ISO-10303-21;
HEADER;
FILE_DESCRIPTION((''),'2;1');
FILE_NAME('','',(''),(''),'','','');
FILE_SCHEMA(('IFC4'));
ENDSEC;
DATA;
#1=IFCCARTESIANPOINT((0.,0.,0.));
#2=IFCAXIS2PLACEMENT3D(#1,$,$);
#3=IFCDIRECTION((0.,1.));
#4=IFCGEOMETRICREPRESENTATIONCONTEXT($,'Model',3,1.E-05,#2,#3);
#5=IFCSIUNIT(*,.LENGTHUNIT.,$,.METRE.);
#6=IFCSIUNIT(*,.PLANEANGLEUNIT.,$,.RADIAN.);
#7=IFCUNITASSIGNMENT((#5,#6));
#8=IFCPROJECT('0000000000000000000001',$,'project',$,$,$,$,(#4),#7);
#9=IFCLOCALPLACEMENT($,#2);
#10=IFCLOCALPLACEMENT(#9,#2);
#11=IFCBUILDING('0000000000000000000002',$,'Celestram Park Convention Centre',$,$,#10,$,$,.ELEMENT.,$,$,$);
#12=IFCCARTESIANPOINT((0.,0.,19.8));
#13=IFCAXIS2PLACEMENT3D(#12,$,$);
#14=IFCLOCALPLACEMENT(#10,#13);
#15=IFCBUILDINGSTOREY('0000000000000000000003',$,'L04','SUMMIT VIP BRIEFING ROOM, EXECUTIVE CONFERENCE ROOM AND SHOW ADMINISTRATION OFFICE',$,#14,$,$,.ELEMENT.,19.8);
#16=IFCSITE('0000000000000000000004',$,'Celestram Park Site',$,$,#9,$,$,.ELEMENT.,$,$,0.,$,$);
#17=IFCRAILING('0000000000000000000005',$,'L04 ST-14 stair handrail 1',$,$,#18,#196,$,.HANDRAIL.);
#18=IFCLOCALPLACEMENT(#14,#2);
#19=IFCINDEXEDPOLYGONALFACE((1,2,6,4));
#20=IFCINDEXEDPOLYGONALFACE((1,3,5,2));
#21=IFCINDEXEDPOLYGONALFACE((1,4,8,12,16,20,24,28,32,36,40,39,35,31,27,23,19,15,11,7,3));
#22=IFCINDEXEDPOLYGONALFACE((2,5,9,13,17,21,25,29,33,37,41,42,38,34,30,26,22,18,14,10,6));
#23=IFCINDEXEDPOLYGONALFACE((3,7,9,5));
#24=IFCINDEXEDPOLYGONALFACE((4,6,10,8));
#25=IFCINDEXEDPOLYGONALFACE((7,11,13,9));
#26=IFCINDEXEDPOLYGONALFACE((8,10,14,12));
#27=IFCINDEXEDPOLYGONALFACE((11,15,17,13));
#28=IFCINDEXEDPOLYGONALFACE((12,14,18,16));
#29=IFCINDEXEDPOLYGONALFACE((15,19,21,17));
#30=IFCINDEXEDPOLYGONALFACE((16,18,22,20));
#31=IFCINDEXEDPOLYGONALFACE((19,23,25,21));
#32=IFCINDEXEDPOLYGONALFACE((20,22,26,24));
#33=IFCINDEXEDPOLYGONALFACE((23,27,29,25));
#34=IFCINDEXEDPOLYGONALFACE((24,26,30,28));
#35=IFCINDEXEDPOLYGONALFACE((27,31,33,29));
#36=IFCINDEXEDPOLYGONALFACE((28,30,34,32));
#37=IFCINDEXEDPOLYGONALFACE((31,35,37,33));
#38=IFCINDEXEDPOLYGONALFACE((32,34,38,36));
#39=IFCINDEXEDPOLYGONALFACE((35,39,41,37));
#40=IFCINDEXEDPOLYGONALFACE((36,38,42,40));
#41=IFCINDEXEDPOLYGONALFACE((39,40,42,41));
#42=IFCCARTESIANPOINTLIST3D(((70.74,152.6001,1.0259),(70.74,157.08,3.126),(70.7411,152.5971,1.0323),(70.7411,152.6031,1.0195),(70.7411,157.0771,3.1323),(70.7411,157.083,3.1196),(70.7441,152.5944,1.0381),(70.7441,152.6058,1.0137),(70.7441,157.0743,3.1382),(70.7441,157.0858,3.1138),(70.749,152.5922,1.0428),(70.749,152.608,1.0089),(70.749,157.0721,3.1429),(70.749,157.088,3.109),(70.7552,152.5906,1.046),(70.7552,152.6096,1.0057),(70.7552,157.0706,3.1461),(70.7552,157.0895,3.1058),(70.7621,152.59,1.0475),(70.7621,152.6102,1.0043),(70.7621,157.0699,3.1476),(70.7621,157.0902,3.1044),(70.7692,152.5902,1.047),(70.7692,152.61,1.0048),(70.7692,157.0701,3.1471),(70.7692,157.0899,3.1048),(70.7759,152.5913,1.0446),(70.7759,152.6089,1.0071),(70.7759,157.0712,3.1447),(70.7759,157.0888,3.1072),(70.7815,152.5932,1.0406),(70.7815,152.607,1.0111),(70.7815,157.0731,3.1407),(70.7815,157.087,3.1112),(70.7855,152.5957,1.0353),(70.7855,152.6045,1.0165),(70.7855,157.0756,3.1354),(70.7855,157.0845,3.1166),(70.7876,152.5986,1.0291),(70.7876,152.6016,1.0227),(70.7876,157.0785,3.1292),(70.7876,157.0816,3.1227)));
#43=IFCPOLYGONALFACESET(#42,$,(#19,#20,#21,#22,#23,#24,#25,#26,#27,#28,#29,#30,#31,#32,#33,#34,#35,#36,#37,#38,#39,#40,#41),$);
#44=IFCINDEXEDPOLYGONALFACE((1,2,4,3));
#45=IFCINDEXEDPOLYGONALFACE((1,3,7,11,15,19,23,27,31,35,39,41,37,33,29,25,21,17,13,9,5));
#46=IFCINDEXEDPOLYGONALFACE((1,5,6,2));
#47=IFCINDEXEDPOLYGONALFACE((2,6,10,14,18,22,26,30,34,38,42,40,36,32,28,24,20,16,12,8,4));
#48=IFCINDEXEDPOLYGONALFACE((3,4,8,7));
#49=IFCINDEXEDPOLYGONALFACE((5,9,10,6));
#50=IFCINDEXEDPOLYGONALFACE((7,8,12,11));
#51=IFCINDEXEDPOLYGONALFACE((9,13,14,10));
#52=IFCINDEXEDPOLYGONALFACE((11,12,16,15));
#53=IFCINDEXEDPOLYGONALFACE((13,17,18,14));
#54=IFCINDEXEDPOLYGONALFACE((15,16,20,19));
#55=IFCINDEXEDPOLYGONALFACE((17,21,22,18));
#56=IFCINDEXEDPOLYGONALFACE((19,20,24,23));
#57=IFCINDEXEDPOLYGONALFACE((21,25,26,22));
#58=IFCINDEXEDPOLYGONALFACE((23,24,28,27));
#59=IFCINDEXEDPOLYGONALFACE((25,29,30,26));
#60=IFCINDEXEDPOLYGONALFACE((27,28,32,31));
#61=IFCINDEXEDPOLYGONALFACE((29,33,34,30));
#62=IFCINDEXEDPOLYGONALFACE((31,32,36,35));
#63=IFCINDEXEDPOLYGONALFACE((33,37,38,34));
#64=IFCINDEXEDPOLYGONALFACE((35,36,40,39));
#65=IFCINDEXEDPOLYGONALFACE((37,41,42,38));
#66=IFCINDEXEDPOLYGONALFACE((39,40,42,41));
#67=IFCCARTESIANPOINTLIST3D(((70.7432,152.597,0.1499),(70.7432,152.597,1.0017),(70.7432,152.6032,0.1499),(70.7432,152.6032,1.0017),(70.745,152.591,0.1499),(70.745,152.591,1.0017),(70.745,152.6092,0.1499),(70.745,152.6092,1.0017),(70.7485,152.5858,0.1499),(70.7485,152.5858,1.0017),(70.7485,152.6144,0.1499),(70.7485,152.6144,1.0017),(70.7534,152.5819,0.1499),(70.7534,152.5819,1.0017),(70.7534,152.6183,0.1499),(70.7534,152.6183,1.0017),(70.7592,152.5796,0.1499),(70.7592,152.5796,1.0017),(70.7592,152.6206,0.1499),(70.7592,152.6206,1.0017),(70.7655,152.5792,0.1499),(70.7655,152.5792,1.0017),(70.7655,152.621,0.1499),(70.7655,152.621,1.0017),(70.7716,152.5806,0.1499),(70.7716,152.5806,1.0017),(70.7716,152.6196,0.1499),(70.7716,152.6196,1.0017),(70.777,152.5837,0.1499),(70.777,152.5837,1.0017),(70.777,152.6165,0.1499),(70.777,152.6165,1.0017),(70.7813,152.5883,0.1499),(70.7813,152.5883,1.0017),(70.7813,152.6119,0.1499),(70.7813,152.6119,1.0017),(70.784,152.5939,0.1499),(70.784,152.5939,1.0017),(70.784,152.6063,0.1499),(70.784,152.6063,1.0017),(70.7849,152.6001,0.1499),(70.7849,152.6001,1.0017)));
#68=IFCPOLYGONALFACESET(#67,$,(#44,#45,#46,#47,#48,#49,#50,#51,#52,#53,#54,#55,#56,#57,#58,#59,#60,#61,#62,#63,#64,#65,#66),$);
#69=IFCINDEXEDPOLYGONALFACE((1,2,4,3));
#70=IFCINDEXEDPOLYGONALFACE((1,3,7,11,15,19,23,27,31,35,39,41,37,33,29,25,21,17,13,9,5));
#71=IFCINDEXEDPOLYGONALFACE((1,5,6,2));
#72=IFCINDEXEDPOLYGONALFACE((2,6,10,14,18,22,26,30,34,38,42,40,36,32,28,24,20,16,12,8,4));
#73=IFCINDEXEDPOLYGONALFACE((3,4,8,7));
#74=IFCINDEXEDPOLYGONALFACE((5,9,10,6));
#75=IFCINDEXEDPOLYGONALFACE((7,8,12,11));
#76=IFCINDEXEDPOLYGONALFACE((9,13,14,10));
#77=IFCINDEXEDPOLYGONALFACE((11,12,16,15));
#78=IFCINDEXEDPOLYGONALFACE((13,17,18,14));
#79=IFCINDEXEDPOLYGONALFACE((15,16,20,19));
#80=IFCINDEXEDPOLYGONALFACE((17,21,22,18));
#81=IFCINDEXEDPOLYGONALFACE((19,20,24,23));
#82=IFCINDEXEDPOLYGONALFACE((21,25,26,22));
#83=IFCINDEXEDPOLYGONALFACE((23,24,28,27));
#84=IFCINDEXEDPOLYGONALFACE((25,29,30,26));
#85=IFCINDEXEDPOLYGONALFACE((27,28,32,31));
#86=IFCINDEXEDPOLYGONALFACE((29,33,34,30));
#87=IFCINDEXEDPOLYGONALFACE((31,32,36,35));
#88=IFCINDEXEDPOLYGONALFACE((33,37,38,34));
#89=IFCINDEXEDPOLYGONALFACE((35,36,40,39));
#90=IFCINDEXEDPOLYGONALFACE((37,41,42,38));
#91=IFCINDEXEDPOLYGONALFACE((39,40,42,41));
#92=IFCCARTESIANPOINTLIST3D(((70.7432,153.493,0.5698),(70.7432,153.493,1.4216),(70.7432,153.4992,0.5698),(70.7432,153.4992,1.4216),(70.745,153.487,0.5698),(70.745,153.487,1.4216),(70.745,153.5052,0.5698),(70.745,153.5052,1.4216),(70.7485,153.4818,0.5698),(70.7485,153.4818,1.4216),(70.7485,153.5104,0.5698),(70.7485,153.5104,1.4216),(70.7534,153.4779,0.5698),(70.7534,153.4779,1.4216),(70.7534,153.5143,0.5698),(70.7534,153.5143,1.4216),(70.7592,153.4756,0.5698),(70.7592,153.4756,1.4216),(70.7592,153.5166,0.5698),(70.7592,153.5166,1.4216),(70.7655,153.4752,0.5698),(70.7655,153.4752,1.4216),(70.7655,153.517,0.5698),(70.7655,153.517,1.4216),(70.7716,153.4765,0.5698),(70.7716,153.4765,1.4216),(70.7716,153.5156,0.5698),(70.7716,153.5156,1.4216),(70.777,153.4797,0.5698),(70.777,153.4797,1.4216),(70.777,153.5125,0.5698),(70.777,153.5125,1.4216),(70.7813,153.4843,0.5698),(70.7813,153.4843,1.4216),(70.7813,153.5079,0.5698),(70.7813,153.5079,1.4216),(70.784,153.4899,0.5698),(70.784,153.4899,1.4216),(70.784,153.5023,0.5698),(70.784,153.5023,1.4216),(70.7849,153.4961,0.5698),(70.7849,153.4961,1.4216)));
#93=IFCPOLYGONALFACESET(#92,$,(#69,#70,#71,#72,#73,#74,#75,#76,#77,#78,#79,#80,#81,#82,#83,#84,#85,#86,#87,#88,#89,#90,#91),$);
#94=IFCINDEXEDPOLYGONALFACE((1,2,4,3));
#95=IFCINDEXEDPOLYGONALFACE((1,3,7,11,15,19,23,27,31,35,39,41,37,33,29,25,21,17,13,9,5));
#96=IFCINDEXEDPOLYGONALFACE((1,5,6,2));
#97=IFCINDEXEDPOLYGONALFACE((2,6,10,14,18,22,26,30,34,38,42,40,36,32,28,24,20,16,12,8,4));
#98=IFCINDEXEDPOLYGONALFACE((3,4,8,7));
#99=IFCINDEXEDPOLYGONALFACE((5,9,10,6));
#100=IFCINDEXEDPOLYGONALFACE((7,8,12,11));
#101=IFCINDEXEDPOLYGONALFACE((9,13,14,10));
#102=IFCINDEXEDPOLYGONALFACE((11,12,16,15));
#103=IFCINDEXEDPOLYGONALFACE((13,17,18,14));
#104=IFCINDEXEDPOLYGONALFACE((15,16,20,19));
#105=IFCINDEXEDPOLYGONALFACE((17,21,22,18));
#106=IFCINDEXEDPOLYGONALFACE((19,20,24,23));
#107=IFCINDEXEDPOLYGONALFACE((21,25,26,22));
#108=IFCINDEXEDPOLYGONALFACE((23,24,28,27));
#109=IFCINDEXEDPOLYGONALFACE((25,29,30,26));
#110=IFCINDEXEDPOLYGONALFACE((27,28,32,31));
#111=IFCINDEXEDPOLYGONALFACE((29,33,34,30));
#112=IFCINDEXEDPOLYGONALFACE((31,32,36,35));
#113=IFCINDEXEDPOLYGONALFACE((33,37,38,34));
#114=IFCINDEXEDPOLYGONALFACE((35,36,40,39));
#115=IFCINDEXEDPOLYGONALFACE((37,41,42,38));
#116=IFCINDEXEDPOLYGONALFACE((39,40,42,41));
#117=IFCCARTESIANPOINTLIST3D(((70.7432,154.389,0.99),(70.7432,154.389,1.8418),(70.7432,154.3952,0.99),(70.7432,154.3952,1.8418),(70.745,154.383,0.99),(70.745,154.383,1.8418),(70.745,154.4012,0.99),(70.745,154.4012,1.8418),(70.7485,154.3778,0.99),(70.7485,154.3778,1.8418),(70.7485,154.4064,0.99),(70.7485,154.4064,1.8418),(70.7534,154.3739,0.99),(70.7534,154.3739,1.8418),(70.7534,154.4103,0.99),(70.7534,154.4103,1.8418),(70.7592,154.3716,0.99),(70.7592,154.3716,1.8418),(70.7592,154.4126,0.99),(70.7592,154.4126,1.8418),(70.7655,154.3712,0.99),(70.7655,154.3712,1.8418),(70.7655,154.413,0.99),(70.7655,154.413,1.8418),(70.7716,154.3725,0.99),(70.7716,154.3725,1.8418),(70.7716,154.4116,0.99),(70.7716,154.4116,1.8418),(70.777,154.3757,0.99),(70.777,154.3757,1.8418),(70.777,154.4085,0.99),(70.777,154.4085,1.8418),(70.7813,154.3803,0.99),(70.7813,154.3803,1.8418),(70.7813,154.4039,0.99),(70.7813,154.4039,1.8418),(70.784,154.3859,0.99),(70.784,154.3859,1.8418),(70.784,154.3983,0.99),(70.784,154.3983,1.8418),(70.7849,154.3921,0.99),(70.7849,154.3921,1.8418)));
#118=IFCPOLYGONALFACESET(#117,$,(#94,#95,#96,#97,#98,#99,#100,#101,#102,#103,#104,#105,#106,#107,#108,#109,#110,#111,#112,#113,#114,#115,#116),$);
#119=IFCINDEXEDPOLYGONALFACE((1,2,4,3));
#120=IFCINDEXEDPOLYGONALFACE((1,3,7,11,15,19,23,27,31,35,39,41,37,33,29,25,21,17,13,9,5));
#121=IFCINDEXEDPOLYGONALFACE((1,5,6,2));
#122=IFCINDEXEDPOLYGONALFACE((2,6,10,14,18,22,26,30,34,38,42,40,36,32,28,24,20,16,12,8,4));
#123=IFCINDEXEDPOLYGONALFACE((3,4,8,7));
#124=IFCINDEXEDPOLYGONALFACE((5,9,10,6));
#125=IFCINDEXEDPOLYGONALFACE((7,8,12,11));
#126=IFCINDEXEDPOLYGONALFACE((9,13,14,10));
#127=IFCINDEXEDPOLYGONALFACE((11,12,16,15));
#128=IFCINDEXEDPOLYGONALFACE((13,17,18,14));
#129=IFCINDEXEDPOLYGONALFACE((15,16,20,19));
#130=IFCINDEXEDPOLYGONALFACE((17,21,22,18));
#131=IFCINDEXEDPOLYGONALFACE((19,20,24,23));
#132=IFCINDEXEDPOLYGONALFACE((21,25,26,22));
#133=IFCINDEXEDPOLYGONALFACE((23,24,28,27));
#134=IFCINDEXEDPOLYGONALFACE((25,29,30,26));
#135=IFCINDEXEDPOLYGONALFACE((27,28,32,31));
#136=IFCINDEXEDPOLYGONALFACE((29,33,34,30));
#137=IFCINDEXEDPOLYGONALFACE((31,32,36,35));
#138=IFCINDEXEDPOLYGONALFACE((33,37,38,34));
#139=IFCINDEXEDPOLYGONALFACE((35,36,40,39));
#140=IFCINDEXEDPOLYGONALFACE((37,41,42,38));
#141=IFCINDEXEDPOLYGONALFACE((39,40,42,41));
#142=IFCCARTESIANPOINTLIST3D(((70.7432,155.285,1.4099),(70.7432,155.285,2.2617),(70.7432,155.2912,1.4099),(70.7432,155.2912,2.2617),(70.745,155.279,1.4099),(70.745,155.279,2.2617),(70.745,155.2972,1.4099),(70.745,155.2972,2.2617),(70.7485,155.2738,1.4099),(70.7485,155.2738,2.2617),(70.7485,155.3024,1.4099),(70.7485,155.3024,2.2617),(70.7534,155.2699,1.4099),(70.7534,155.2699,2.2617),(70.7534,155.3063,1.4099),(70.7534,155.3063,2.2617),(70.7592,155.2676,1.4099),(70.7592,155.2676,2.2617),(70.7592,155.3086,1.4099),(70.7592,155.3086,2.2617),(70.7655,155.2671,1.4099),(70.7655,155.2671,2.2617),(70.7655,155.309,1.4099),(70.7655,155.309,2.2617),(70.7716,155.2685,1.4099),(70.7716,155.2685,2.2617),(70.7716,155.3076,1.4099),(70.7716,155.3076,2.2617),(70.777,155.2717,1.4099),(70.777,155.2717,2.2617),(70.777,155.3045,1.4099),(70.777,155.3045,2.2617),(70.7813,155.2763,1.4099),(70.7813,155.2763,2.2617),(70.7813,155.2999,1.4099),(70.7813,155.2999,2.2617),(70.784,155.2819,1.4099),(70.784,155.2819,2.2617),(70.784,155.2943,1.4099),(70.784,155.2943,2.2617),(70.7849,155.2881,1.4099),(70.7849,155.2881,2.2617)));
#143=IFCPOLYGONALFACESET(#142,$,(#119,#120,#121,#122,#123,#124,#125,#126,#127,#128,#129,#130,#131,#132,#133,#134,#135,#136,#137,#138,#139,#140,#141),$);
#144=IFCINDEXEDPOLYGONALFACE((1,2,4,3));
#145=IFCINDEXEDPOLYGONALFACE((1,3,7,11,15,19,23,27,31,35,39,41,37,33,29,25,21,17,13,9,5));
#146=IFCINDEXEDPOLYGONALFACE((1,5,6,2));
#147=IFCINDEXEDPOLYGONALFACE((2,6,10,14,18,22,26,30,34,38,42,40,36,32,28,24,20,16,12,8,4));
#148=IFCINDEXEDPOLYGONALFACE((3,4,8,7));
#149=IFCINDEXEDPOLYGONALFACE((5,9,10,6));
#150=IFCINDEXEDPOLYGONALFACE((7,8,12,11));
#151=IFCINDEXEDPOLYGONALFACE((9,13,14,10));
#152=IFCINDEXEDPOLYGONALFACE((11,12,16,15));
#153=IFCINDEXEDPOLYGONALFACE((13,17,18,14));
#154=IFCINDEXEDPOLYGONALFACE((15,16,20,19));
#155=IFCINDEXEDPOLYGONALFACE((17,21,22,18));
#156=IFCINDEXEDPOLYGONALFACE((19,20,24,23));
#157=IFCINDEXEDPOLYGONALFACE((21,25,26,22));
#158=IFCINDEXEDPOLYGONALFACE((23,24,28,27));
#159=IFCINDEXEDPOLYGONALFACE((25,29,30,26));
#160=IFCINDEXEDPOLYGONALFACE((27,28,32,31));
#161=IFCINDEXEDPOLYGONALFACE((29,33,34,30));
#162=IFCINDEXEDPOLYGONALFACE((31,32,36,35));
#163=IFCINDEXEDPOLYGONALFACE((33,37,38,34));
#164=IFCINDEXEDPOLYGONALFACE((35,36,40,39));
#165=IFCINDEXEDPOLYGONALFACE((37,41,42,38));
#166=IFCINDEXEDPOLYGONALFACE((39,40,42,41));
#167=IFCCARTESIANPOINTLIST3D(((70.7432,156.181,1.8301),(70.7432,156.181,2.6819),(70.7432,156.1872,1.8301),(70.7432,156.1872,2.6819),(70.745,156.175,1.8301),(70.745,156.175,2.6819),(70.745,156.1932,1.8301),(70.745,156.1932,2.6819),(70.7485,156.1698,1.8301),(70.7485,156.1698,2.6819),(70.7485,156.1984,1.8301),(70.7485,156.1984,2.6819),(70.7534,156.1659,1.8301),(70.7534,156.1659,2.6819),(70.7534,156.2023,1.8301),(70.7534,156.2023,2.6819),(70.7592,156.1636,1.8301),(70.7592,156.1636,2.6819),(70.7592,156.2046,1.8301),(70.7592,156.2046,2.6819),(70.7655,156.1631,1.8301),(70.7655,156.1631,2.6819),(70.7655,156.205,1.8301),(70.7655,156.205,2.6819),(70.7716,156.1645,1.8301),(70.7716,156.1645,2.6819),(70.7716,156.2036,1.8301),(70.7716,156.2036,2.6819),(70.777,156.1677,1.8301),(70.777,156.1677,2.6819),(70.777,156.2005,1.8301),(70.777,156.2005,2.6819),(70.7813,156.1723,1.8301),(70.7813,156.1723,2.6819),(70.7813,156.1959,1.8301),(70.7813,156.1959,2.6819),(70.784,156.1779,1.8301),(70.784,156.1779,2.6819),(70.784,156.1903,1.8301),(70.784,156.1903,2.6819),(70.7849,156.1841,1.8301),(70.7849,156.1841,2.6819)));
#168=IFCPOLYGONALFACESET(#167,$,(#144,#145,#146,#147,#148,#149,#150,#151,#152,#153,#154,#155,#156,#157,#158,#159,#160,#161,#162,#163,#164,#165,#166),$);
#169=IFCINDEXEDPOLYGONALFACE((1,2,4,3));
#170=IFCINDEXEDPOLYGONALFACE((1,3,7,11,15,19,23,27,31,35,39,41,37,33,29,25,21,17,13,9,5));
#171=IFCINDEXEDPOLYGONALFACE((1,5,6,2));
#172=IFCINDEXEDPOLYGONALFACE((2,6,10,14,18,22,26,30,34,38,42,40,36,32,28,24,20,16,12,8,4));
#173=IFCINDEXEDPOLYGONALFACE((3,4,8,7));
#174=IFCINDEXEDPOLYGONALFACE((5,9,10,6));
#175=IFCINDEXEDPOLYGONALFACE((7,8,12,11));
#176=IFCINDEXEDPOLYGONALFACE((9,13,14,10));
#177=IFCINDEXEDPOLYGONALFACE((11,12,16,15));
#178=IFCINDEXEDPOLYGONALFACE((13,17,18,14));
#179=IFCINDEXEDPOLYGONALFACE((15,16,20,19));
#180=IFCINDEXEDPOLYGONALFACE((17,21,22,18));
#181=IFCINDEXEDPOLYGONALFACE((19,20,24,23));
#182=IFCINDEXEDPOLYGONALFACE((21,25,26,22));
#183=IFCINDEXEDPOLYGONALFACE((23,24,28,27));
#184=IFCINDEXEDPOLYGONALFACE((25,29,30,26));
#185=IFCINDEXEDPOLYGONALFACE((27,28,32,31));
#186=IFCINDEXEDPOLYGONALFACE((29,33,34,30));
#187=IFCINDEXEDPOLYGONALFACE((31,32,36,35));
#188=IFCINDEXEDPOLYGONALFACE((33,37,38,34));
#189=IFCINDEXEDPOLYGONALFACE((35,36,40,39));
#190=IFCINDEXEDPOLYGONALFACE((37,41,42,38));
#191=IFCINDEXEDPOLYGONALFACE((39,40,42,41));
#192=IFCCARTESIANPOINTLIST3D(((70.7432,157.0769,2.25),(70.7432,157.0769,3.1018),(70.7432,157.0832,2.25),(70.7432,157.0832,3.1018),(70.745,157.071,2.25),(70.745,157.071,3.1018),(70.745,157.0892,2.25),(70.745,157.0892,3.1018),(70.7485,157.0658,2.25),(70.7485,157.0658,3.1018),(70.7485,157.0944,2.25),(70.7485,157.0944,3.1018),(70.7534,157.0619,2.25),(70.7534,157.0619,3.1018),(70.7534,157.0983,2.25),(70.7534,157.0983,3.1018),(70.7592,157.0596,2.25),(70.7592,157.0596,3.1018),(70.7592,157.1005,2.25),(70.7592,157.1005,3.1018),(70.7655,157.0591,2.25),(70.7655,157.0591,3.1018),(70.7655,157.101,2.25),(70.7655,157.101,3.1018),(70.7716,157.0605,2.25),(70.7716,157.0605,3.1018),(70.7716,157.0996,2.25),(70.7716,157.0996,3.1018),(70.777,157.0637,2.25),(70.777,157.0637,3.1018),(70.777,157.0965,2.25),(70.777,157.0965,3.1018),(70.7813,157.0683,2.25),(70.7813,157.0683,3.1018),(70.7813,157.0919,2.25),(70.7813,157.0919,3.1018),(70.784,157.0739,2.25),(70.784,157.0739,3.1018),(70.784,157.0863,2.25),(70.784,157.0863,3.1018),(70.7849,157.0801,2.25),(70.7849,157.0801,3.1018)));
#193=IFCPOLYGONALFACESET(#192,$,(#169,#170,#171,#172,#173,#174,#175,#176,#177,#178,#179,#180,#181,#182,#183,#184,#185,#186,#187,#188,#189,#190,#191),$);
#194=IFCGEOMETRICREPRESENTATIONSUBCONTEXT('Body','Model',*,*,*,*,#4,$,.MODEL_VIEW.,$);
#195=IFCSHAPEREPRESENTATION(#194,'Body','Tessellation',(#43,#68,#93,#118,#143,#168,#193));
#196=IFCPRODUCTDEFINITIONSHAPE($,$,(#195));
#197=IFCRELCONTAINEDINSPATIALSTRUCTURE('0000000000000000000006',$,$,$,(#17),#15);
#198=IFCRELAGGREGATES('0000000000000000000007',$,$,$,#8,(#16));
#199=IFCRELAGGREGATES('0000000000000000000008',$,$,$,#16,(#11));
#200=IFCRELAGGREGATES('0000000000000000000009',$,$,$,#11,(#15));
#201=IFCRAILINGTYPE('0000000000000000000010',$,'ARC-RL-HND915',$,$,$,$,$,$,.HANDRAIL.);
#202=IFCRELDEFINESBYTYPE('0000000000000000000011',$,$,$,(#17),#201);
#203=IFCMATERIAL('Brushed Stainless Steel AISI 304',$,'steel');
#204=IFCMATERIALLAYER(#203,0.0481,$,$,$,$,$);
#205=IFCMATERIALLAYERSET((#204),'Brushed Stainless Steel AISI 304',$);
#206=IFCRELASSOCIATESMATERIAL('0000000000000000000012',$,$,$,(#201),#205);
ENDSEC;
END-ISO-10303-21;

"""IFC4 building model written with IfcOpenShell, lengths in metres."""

from ifc_helpers import new_model, si_unit, direction, frame, origin, origin_2d, place, context, subcontext, project, spatial, circle, extrude, material, layer, layer_set, type_object, element, save


model = new_model("IFC4")

# Units and contexts
model_context = context("Model", 3, precision=1e-05, world=origin(), true_north=direction((0.0, 1.0)))
body_context = subcontext(model_context, "Body", "Model", "MODEL_VIEW")
ifc_project = project(units=[si_unit("LENGTHUNIT", "METRE"), si_unit("PLANEANGLEUNIT", "RADIAN")], contexts=[model_context])

# Site, building, storey
site_placement = place(None, origin())
site = spatial("IfcSite", under=ifc_project, at=site_placement, Name="Celestram Park Site", CompositionType="ELEMENT", RefElevation=0.0)
building_placement = place(site_placement, origin())
building = spatial("IfcBuilding", under=site, at=building_placement, Name="Celestram Park Convention Centre", CompositionType="ELEMENT")
storey_placement = place(building_placement, frame((0.0, 0.0, 19.8)))
storey = spatial("IfcBuildingStorey", under=building, at=storey_placement, Name="L04", Description="SUMMIT VIP BRIEFING ROOM, EXECUTIVE CONFERENCE ROOM AND SHOW ADMINISTRATION OFFICE", CompositionType="ELEMENT", Elevation=19.8)

# Railing
ifc_material_1 = material(Name="Brushed Stainless Steel AISI 304", Category="steel")
ifc_layer_1 = layer(ifc_material_1, 0.0481)
ifc_layer_set_1 = layer_set([ifc_layer_1], Name="Brushed Stainless Steel AISI 304")
railing_type_1 = type_object("IfcRailingType", Name="ARC-RL-HND915", PredefinedType="HANDRAIL", material=ifc_layer_set_1)
railing_1_placement = place(storey_placement, frame((70.7639, 152.6001, 0.1499)))
element("IfcRailing", 1, at=railing_1_placement, inside=storey, type_object=railing_type_1, Name="L04 ST-14 stair handrail 1", PredefinedType="HANDRAIL", context=body_context, shape_type="SweptSolid", body=[
    extrude(circle(Radius=0.0239, at=origin_2d()), frame((0.0, 0.0, 0.876), z_axis=(0.0, 0.905451, 0.424452), x_axis=(-1.0, 0.0, 0.0)), (0.0, 0.0, 1.0), 4.9478),
    extrude(circle(Radius=0.021, at=origin_2d()), origin(), (0.0, 0.0, 1.0), 0.8518),
    extrude(circle(Radius=0.021, at=origin_2d()), frame((0.0, 0.896, 0.4199)), (0.0, 0.0, 1.0), 0.8518),
    extrude(circle(Radius=0.021, at=origin_2d()), frame((0.0, 1.792, 0.8401)), (0.0, 0.0, 1.0), 0.8518),
    extrude(circle(Radius=0.021, at=origin_2d()), frame((0.0, 2.688, 1.26)), (0.0, 0.0, 1.0), 0.8518),
    extrude(circle(Radius=0.021, at=origin_2d()), frame((0.0, 3.584, 1.6802)), (0.0, 0.0, 1.0), 0.8518),
    extrude(circle(Radius=0.021, at=origin_2d()), frame((0.0, 4.48, 2.1001)), (0.0, 0.0, 1.0), 0.8518),
])

save(model, "model.ifc")
